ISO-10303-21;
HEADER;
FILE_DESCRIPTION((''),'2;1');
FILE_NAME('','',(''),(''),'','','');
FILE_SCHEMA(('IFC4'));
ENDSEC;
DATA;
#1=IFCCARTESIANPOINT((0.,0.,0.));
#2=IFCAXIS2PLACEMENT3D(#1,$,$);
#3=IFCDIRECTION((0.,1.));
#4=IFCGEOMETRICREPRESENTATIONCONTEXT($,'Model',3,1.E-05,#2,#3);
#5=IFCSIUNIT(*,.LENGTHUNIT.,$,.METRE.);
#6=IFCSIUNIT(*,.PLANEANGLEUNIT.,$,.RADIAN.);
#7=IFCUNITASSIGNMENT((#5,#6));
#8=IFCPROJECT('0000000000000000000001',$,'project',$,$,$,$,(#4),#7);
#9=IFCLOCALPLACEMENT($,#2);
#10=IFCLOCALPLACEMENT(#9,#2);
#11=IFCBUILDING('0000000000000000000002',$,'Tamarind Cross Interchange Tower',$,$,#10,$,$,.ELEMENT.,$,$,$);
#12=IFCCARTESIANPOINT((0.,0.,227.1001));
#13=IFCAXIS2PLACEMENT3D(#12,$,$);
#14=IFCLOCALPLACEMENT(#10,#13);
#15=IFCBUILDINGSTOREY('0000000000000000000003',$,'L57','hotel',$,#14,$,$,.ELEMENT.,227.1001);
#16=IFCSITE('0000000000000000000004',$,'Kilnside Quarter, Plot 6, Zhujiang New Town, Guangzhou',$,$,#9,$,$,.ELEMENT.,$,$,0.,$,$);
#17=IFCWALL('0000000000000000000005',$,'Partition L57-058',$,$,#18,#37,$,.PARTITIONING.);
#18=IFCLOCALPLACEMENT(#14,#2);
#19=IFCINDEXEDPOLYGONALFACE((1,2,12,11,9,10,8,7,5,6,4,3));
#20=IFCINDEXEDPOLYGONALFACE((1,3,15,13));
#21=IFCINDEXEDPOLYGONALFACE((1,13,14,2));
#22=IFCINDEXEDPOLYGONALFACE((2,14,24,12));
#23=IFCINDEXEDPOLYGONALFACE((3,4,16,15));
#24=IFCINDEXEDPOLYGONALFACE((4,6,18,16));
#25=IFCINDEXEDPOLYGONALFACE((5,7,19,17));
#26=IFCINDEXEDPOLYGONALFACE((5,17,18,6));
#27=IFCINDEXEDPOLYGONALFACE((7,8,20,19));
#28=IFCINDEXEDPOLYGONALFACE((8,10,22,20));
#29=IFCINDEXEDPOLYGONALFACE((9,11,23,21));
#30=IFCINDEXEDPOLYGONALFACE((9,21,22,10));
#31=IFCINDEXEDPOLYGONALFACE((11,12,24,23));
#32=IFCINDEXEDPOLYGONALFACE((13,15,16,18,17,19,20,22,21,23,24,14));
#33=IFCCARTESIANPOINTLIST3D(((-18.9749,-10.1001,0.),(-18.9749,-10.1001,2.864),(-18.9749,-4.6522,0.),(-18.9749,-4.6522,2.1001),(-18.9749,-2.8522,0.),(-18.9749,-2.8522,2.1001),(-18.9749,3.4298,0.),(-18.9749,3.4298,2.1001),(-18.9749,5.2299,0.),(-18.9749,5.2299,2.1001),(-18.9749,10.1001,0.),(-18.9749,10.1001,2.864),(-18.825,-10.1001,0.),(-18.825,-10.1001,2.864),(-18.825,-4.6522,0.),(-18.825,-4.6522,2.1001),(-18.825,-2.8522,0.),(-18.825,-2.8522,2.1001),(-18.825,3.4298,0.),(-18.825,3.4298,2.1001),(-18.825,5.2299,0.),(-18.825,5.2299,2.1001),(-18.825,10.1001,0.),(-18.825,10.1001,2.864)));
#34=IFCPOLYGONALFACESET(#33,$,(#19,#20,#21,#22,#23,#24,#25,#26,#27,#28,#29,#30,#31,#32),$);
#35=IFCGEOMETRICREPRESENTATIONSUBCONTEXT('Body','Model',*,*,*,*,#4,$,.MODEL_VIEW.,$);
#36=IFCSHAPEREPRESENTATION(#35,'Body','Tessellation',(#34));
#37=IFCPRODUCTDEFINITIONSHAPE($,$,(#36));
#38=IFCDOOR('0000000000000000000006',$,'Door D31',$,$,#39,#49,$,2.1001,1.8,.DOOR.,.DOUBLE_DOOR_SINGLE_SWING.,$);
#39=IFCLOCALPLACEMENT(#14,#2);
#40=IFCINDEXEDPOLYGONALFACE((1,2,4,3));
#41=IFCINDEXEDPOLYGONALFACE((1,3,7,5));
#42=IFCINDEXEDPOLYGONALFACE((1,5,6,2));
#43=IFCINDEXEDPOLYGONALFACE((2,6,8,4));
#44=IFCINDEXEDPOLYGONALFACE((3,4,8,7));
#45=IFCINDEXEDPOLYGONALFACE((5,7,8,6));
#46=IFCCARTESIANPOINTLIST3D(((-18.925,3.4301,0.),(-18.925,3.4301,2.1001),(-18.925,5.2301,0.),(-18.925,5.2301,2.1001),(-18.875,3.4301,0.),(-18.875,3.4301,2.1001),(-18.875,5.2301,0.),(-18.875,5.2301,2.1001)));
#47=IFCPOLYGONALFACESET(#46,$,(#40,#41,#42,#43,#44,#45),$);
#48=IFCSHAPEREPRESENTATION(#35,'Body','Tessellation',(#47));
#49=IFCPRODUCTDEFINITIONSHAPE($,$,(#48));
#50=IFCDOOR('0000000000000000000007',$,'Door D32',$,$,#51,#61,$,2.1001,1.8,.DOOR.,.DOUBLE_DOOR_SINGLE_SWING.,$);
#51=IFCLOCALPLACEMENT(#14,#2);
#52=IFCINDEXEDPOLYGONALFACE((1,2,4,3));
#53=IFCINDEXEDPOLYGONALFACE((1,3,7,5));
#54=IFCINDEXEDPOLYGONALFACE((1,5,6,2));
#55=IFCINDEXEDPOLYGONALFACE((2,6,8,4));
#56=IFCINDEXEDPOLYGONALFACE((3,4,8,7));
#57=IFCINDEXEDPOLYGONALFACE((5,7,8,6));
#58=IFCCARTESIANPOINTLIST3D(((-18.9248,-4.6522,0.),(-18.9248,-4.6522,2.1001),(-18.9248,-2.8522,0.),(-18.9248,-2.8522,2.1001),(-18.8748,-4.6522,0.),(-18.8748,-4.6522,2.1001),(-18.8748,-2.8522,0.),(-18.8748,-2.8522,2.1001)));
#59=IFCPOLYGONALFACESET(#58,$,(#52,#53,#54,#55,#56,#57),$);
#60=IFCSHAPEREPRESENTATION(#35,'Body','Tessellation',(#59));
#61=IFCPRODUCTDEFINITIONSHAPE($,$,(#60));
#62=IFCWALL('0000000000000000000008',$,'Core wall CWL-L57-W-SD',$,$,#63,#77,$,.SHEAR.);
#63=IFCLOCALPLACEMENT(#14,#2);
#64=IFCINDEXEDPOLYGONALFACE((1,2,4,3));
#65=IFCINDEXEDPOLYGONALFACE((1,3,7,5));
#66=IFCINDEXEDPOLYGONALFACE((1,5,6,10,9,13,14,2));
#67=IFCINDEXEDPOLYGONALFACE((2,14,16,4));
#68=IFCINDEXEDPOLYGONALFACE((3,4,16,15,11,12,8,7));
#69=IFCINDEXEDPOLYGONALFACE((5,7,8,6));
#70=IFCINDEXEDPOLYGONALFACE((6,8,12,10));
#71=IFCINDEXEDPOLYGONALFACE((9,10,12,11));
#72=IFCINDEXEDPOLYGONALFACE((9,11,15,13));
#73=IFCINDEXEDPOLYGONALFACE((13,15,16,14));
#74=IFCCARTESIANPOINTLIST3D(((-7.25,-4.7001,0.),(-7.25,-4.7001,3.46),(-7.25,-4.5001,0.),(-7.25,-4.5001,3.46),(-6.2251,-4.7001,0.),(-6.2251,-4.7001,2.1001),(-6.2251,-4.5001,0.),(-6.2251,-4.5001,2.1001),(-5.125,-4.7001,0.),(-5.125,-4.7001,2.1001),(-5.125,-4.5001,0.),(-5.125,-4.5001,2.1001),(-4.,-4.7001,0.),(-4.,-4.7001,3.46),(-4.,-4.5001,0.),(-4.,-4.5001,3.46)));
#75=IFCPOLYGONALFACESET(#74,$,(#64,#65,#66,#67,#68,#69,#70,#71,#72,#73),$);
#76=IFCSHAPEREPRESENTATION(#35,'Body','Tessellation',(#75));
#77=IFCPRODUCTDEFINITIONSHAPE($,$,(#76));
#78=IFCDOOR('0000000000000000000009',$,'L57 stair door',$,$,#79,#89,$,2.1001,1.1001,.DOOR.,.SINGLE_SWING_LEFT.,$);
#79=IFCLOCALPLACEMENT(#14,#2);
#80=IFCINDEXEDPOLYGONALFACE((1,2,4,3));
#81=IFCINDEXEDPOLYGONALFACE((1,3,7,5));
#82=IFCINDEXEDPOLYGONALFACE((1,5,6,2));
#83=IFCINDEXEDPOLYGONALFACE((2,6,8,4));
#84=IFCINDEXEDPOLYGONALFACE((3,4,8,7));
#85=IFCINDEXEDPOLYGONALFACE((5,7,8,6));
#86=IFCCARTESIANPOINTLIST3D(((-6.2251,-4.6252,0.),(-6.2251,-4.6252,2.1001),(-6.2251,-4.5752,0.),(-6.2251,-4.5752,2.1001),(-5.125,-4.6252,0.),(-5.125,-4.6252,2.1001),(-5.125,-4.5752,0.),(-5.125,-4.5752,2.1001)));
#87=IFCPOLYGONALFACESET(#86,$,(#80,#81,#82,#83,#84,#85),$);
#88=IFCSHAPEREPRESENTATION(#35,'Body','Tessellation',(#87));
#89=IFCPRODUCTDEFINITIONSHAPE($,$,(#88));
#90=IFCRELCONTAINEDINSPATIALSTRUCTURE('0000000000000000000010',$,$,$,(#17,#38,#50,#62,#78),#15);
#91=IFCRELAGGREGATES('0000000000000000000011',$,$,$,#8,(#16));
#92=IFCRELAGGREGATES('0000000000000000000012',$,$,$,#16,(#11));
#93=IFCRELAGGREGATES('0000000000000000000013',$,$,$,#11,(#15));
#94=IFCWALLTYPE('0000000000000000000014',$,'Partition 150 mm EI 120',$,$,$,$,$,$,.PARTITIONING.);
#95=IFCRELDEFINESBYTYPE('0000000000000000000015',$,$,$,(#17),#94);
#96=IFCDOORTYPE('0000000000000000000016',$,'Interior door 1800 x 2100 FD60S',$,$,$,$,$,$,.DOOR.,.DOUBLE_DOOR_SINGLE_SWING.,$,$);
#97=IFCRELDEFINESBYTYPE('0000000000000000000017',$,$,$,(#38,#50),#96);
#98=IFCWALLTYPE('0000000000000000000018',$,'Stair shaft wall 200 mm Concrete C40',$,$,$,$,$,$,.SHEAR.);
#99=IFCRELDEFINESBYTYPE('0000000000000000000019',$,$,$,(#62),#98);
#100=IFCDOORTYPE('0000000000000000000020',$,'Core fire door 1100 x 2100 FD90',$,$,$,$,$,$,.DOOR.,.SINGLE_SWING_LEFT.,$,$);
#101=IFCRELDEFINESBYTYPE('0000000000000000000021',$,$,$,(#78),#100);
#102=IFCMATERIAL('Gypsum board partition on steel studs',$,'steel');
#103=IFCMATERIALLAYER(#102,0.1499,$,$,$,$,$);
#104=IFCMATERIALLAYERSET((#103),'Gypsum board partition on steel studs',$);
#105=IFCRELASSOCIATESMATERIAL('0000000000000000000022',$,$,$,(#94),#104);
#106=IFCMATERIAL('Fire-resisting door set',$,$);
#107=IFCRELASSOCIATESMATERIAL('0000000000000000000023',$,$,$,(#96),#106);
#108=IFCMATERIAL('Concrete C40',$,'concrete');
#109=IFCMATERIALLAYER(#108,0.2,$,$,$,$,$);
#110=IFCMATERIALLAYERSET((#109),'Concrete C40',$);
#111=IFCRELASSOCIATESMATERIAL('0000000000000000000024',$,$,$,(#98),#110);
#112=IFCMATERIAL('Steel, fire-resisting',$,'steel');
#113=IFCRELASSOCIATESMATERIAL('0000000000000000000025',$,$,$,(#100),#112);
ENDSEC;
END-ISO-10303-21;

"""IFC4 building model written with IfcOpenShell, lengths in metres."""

from ifc_helpers import new_model, si_unit, direction, frame, frame_2d, origin, place, context, subcontext, project, spatial, rectangle, extrude, material, layer, layer_set, type_object, element, fill, save


model = new_model("IFC4")

# Units and contexts
model_context = context("Model", 3, precision=1e-05, world=origin(), true_north=direction((0.0, 1.0)))
body_context = subcontext(model_context, "Body", "Model", "MODEL_VIEW")
ifc_project = project(units=[si_unit("LENGTHUNIT", "METRE"), si_unit("PLANEANGLEUNIT", "RADIAN")], contexts=[model_context])

# Site, building, storey
site_placement = place(None, origin())
site = spatial("IfcSite", under=ifc_project, at=site_placement, Name="Kilnside Quarter, Plot 6, Zhujiang New Town, Guangzhou", CompositionType="ELEMENT", RefElevation=0.0)
building_placement = place(site_placement, origin())
building = spatial("IfcBuilding", under=site, at=building_placement, Name="Tamarind Cross Interchange Tower", CompositionType="ELEMENT")
storey_placement = place(building_placement, frame((0.0, 0.0, 227.1001)))
storey = spatial("IfcBuildingStorey", under=building, at=storey_placement, Name="L57", Description="hotel", CompositionType="ELEMENT", Elevation=227.1001)

# Shared definitions
ifc_material_1 = material(Name="Steel, fire-resisting", Category="steel")

# Shared definitions
ifc_material_2 = material(Name="Gypsum board partition on steel studs", Category="steel")
ifc_layer_1 = layer(ifc_material_2, 0.1499)
ifc_layer_set_1 = layer_set([ifc_layer_1], Name="Gypsum board partition on steel studs")
wall_type_1 = type_object("IfcWallType", Name="Partition 150 mm EI 120", PredefinedType="PARTITIONING", material=ifc_layer_set_1)

# Wall, openings, doors
wall_1_placement = place(storey_placement, frame((-18.8999, -10.1001, 0.0), z_axis=(0.0, 0.0, 1.0), x_axis=(0.0, 1.0, 0.0)))
wall_1 = element("IfcWall", 1, at=wall_1_placement, inside=storey, type_object=wall_type_1, Name="Partition L57-058", PredefinedType="PARTITIONING", context=body_context, shape_type="SweptSolid", body=[
    extrude(rectangle(XDim=20.2002, YDim=0.1499, at=frame_2d((10.1001, 0.0))), origin(), (0.0, 0.0, 1.0), 2.864),
])
opening_1_placement = place(wall_1_placement, frame((13.53, 0.0, 0.0)))
opening_1 = element("IfcOpeningElement", 2, at=opening_1_placement, cuts=wall_1, PredefinedType="OPENING", context=body_context, shape_type="SweptSolid", body=[
    extrude(rectangle(XDim=1.8, YDim=2.1001, at=frame_2d((0.8999, 1.05))), frame((0.0, 0.085, 0.0), z_axis=(0.0, -1.0, 0.0), x_axis=(1.0, 0.0, 0.0)), (0.0, 0.0, 1.0), 0.1699),
])
opening_2_placement = place(wall_1_placement, frame((5.448, 0.0, 0.0)))
opening_2 = element("IfcOpeningElement", 3, at=opening_2_placement, cuts=wall_1, PredefinedType="OPENING", context=body_context, shape_type="SweptSolid", body=[
    extrude(rectangle(XDim=1.8, YDim=2.1001, at=frame_2d((0.8999, 1.05))), frame((0.0, 0.085, 0.0), z_axis=(0.0, -1.0, 0.0), x_axis=(1.0, 0.0, 0.0)), (0.0, 0.0, 1.0), 0.1699),
])
ifc_material_3 = material(Name="Fire-resisting door set")
door_type_1 = type_object("IfcDoorType", Name="Interior door 1800 x 2100 FD60S", OperationType="DOUBLE_DOOR_SINGLE_SWING", PredefinedType="DOOR", material=ifc_material_3)
door_1_placement = place(opening_1_placement, frame((1.8, 0.0, 0.0), z_axis=(0.0, 0.0, 1.0), x_axis=(-1.0, 0.0, 0.0)))
door_1 = element("IfcDoor", 4, at=door_1_placement, inside=storey, type_object=door_type_1, Name="Door D31", OperationType="DOUBLE_DOOR_SINGLE_SWING", OverallHeight=2.1001, OverallWidth=1.8, PredefinedType="DOOR", context=body_context, shape_type="SweptSolid", body=[
    extrude(rectangle(XDim=1.8, YDim=2.1001, at=frame_2d((0.8999, 1.05))), frame((0.0, 0.0249, 0.0), z_axis=(0.0, -1.0, 0.0), x_axis=(1.0, 0.0, 0.0)), (0.0, 0.0, 1.0), 0.05),
])
fill(opening_1, door_1)
door_2_placement = place(opening_2_placement, origin())
door_2 = element("IfcDoor", 5, at=door_2_placement, inside=storey, type_object=door_type_1, Name="Door D32", OperationType="DOUBLE_DOOR_SINGLE_SWING", OverallHeight=2.1001, OverallWidth=1.8, PredefinedType="DOOR", context=body_context, shape_type="SweptSolid", body=[
    extrude(rectangle(XDim=1.8, YDim=2.1001, at=frame_2d((0.8999, 1.05))), frame((0.0, 0.0249, 0.0), z_axis=(0.0, -1.0, 0.0), x_axis=(1.0, 0.0, 0.0)), (0.0, 0.0, 1.0), 0.05),
])
fill(opening_2, door_2)

# Wall, opening, door
ifc_material_4 = material(Name="Concrete C40", Category="concrete")
ifc_layer_2 = layer(ifc_material_4, 0.2)
ifc_layer_set_2 = layer_set([ifc_layer_2], Name="Concrete C40")
wall_type_2 = type_object("IfcWallType", Name="Stair shaft wall 200 mm Concrete C40", PredefinedType="SHEAR", material=ifc_layer_set_2)
wall_2_placement = place(storey_placement, frame((-7.25, -4.6001, 0.0), z_axis=(0.0, 0.0, 1.0), x_axis=(1.0, 0.0, 0.0)))
wall_2 = element("IfcWall", 6, at=wall_2_placement, inside=storey, type_object=wall_type_2, Name="Core wall CWL-L57-W-SD", PredefinedType="SHEAR", context=body_context, shape_type="SweptSolid", body=[
    extrude(rectangle(XDim=3.25, YDim=0.2, at=frame_2d((1.625, 0.0))), origin(), (0.0, 0.0, 1.0), 3.46),
])
opening_3_placement = place(wall_2_placement, frame((1.0249, 0.0, 0.0)))
opening_3 = element("IfcOpeningElement", 7, at=opening_3_placement, cuts=wall_2, PredefinedType="OPENING", context=body_context, shape_type="SweptSolid", body=[
    extrude(rectangle(XDim=1.1001, YDim=2.1001, at=frame_2d((0.55, 1.05))), frame((0.0, 0.1099, 0.0), z_axis=(0.0, -1.0, 0.0), x_axis=(1.0, 0.0, 0.0)), (0.0, 0.0, 1.0), 0.22),
])
door_type_2 = type_object("IfcDoorType", Name="Core fire door 1100 x 2100 FD90", OperationType="SINGLE_SWING_LEFT", PredefinedType="DOOR", material=ifc_material_1)
door_3_placement = place(opening_3_placement, origin())
door_3 = element("IfcDoor", 8, at=door_3_placement, inside=storey, type_object=door_type_2, Name="L57 stair door", OperationType="SINGLE_SWING_LEFT", OverallHeight=2.1001, OverallWidth=1.1001, PredefinedType="DOOR", context=body_context, shape_type="SweptSolid", body=[
    extrude(rectangle(XDim=1.1001, YDim=2.1001, at=frame_2d((0.55, 1.05))), frame((0.0, 0.0249, 0.0), z_axis=(0.0, -1.0, 0.0), x_axis=(1.0, 0.0, 0.0)), (0.0, 0.0, 1.0), 0.05),
])
fill(opening_3, door_3)

save(model, "model.ifc")
